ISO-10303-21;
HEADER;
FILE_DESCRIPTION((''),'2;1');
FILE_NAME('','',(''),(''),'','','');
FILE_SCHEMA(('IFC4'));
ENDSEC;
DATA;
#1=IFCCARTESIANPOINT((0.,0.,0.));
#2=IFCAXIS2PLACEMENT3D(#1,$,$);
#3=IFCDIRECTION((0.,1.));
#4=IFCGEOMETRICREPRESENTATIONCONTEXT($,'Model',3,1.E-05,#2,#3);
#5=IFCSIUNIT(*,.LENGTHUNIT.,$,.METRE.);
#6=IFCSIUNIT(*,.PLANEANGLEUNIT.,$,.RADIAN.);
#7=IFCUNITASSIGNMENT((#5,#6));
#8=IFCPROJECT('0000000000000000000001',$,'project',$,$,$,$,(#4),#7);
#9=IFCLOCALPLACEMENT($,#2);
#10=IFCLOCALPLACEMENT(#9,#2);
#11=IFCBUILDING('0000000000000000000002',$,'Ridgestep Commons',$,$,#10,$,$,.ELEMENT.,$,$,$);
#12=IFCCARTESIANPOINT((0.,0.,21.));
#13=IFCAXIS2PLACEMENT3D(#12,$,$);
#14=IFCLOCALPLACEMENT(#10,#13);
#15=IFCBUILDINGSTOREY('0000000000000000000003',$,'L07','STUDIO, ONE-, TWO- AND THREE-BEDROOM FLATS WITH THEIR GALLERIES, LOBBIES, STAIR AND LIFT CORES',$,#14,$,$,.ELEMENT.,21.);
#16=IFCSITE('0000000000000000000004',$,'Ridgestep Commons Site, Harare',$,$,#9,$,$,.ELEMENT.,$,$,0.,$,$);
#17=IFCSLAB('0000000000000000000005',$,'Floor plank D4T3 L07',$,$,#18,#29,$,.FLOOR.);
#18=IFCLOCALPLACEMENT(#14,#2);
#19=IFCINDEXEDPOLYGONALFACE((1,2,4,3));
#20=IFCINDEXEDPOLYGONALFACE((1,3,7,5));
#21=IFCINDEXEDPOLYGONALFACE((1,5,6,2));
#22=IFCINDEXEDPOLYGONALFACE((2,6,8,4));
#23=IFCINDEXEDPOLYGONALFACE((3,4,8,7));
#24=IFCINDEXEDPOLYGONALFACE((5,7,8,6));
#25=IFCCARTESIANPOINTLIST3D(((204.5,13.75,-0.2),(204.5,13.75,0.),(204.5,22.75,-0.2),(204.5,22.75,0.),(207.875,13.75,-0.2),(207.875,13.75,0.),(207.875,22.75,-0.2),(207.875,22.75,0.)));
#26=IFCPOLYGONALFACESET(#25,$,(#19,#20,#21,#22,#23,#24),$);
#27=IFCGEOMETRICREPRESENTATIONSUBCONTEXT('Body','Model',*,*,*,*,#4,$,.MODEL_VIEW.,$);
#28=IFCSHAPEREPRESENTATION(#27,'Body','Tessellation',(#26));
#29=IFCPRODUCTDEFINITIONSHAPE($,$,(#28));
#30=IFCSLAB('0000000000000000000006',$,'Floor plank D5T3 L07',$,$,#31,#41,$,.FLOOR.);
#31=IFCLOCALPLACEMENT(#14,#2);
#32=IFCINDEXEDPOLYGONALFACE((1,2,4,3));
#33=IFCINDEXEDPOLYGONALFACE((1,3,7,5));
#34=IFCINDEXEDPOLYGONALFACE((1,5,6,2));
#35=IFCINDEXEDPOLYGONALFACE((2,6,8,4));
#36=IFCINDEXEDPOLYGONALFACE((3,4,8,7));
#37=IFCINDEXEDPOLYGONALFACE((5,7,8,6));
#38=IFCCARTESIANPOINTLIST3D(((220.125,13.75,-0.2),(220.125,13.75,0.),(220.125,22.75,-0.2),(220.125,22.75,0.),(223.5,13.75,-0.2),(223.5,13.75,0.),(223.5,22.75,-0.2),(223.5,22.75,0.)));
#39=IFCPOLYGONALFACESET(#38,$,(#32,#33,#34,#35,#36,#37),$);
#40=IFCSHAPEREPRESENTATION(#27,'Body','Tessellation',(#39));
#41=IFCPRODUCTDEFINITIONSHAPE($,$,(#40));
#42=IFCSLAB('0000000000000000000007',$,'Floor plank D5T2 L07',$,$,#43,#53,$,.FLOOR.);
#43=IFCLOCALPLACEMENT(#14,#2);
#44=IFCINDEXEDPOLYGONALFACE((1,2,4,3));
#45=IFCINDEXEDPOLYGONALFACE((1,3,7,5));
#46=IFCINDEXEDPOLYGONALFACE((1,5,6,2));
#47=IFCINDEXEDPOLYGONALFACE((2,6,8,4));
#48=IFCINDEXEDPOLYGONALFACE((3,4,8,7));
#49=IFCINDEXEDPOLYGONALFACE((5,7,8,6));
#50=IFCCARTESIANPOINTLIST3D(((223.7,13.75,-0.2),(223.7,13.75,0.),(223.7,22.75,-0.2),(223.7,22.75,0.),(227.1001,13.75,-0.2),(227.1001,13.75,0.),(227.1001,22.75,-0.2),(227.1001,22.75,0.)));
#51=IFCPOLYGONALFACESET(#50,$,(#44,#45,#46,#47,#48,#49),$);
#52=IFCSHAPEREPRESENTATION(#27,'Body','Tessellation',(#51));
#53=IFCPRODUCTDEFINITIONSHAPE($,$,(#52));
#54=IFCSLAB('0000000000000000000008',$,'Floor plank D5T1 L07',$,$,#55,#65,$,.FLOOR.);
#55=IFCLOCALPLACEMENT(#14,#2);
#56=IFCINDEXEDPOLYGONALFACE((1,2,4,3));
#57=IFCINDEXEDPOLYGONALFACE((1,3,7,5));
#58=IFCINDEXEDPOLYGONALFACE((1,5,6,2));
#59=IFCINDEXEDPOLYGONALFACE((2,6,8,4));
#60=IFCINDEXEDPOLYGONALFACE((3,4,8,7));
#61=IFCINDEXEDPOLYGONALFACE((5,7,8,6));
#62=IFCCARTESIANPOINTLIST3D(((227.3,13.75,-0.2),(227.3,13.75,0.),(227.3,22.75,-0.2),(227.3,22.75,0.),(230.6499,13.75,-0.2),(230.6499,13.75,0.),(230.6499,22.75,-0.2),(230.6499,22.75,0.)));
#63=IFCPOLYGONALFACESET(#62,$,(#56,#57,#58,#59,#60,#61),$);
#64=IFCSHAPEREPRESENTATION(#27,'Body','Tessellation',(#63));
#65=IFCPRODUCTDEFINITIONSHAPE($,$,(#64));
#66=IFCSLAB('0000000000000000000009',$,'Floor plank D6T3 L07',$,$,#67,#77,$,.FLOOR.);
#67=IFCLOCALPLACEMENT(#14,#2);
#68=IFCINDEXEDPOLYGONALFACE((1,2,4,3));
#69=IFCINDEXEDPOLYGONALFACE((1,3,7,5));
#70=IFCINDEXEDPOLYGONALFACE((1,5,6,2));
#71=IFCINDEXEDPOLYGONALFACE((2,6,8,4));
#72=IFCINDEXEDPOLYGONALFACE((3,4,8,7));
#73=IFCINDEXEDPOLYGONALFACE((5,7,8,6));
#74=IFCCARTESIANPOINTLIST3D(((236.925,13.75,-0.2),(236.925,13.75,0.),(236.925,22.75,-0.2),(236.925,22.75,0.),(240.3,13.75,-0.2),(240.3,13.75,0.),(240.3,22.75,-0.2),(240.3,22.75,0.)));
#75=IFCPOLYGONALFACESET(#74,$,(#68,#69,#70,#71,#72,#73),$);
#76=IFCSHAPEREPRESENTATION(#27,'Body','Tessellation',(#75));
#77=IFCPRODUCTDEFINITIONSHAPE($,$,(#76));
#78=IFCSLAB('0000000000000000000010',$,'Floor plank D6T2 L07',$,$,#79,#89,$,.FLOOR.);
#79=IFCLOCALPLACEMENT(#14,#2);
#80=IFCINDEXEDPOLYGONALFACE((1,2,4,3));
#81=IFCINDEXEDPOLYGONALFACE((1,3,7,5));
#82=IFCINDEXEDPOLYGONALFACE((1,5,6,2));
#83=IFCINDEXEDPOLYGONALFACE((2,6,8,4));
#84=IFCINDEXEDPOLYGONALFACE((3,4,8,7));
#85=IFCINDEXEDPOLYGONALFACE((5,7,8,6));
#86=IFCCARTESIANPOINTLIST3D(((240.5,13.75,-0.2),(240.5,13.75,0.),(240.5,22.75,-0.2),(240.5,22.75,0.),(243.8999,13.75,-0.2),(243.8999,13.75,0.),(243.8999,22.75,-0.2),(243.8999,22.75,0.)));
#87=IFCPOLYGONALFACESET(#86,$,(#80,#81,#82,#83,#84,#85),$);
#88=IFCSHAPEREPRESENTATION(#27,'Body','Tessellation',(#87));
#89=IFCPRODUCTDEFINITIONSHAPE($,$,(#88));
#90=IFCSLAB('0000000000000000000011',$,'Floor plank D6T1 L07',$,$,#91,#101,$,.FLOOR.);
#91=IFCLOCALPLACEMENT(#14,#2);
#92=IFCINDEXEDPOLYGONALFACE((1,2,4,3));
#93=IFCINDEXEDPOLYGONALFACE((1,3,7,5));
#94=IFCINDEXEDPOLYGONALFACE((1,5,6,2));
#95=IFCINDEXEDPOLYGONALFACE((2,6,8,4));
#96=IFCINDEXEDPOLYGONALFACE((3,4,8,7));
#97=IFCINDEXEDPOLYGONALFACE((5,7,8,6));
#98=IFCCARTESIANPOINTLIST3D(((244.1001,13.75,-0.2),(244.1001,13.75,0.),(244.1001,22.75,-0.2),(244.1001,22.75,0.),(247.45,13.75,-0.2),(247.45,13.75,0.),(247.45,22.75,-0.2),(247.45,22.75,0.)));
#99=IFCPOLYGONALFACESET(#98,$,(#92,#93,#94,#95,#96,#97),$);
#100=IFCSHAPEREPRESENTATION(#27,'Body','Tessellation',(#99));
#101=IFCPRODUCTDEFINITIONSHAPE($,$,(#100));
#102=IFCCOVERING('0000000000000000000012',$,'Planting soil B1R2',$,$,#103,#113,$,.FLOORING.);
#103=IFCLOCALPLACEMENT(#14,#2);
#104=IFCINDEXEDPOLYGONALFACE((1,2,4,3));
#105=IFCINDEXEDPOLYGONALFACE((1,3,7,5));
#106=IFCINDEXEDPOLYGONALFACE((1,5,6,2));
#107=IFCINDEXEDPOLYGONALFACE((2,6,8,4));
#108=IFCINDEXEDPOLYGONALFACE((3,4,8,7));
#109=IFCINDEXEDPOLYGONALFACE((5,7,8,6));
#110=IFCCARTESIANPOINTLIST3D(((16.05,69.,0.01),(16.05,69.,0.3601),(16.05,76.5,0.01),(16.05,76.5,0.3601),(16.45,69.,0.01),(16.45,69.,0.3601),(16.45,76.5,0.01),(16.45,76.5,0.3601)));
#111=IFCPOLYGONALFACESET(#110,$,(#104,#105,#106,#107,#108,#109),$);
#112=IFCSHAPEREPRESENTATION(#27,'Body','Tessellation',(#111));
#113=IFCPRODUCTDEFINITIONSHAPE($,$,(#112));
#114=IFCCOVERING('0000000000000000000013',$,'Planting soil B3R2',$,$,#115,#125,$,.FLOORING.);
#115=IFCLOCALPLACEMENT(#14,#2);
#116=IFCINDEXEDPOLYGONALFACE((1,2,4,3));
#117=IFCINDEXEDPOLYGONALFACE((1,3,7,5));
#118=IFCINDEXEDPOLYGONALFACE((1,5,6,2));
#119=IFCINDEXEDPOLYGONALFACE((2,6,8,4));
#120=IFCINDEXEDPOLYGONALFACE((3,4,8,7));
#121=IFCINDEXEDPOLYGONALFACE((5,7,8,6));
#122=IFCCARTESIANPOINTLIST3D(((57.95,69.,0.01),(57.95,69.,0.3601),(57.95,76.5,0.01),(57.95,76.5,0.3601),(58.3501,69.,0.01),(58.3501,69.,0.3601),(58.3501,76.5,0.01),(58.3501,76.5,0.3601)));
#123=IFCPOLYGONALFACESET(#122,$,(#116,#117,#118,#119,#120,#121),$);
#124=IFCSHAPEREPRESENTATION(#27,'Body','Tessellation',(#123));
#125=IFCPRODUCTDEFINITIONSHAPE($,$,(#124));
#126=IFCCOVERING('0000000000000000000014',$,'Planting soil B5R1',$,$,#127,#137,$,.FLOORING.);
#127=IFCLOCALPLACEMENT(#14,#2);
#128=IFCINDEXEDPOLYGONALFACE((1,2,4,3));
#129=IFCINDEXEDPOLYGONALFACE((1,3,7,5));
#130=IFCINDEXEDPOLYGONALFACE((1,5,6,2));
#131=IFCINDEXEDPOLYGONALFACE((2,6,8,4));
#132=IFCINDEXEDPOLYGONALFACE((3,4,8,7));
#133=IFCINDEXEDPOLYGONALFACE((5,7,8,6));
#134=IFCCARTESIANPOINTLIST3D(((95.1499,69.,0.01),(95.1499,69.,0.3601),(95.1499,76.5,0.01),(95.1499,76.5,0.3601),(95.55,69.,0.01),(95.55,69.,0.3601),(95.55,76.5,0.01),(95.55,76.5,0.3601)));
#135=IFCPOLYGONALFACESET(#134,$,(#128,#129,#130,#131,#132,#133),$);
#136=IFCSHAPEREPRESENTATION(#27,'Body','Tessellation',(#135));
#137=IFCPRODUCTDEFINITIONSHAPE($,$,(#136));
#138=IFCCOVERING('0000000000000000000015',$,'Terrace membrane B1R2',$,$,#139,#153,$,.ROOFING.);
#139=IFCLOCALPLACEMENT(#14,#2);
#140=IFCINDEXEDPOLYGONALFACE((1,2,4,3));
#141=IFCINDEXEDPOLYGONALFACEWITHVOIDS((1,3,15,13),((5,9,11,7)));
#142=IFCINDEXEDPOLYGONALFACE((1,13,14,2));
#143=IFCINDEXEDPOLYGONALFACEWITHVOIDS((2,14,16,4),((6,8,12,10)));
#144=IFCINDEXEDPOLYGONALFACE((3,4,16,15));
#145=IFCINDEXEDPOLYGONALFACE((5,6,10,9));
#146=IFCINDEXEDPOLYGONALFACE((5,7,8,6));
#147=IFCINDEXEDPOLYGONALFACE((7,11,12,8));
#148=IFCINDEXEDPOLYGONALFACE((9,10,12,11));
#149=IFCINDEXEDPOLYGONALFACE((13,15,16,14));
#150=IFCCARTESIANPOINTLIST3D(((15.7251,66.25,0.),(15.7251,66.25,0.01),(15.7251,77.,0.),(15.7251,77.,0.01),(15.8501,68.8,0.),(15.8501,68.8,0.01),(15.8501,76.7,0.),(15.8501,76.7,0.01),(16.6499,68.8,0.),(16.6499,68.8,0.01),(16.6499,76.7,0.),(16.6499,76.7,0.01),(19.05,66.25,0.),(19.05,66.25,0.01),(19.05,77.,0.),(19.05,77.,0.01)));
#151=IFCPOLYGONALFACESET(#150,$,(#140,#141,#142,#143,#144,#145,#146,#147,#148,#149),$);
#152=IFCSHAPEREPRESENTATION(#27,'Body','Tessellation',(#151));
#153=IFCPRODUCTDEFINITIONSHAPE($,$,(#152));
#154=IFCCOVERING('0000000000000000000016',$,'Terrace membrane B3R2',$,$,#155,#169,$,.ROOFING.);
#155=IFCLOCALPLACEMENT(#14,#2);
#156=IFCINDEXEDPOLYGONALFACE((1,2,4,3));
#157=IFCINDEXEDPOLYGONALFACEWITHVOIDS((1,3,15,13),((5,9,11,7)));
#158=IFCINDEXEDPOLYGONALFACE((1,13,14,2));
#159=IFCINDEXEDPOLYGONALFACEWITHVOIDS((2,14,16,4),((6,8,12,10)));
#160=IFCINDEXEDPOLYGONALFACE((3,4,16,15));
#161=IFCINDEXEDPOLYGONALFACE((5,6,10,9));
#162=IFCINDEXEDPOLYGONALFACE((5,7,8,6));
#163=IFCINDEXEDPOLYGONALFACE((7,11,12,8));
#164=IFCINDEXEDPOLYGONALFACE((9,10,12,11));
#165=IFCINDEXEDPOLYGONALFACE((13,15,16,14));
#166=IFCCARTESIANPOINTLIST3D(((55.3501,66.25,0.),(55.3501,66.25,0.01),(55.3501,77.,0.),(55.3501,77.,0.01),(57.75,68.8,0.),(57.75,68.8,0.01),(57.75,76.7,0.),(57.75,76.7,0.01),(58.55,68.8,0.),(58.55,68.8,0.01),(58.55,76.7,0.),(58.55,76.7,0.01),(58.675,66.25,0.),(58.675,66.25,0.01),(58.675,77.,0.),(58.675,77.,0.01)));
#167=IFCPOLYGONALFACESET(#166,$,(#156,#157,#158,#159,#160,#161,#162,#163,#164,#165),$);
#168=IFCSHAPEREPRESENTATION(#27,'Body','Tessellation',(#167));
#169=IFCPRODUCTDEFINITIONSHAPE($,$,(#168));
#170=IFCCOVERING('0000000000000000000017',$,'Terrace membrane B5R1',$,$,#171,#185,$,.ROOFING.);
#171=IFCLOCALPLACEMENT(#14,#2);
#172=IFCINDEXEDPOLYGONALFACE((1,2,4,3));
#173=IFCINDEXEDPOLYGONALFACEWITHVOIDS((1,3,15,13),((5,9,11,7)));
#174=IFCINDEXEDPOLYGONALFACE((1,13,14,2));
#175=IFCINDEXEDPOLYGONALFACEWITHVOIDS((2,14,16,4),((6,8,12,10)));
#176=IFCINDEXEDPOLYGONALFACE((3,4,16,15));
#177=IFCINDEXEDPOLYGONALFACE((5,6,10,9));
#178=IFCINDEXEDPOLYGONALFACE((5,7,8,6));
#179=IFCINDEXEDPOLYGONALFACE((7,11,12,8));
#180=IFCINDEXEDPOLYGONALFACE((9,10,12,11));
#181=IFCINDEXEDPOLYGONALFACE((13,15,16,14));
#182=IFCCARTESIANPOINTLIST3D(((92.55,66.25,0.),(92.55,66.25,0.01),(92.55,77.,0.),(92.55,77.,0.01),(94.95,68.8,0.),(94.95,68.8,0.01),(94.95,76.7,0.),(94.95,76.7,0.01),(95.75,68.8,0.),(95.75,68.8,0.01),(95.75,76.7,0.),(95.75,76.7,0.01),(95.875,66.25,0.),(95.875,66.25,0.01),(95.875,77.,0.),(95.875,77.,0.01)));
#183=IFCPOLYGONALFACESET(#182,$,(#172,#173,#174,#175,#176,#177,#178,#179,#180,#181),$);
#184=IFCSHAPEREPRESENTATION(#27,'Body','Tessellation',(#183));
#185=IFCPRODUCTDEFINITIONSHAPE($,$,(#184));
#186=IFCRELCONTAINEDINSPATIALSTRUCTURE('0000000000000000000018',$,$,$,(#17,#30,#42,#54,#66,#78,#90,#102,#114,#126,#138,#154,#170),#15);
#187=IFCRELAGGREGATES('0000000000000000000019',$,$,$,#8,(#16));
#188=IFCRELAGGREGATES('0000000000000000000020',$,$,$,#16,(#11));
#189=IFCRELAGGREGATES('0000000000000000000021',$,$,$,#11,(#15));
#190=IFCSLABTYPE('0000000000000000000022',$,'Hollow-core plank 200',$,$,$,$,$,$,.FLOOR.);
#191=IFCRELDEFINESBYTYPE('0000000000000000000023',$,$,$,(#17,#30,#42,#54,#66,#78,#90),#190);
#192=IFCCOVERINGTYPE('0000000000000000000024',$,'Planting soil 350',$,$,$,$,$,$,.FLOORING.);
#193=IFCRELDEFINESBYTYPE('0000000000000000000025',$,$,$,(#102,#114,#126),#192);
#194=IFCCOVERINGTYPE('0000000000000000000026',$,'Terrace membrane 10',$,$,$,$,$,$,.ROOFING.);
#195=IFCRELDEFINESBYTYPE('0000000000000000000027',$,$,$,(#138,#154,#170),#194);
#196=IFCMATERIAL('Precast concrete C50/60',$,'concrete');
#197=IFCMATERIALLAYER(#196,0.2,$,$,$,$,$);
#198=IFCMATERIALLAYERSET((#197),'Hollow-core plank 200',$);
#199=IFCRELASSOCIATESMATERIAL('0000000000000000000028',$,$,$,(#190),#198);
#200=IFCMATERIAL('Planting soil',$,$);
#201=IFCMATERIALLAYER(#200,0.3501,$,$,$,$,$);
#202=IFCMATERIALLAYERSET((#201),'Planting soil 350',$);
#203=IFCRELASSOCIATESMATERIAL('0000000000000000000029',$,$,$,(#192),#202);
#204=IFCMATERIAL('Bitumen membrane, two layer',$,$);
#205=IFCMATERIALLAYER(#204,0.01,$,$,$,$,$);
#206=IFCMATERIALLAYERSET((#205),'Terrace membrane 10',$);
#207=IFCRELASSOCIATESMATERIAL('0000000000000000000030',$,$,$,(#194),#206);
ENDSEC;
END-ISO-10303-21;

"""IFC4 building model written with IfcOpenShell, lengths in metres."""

from ifc_helpers import new_model, si_unit, direction, frame, origin, place, context, subcontext, project, spatial, polyline, outline, extrude, material, layer, layer_set, type_object, element, save


model = new_model("IFC4")

# Units and contexts
model_context = context("Model", 3, precision=1e-05, world=origin(), true_north=direction((0.0, 1.0)))
body_context = subcontext(model_context, "Body", "Model", "MODEL_VIEW")
ifc_project = project(units=[si_unit("LENGTHUNIT", "METRE"), si_unit("PLANEANGLEUNIT", "RADIAN")], contexts=[model_context])

# Site, building, storey
site_placement = place(None, origin())
site = spatial("IfcSite", under=ifc_project, at=site_placement, Name="Ridgestep Commons Site, Harare", CompositionType="ELEMENT", RefElevation=0.0)
building_placement = place(site_placement, origin())
building = spatial("IfcBuilding", under=site, at=building_placement, Name="Ridgestep Commons", CompositionType="ELEMENT")
storey_placement = place(building_placement, frame((0.0, 0.0, 21.0)))
storey = spatial("IfcBuildingStorey", under=building, at=storey_placement, Name="L07", Description="STUDIO, ONE-, TWO- AND THREE-BEDROOM FLATS WITH THEIR GALLERIES, LOBBIES, STAIR AND LIFT CORES", CompositionType="ELEMENT", Elevation=21.0)

# Slabs
ifc_material_1 = material(Name="Precast concrete C50/60", Category="concrete")
ifc_layer_1 = layer(ifc_material_1, 0.2)
ifc_layer_set_1 = layer_set([ifc_layer_1], Name="Hollow-core plank 200")
slab_type_1 = type_object("IfcSlabType", Name="Hollow-core plank 200", PredefinedType="FLOOR", material=ifc_layer_set_1)
slab_1_placement = place(storey_placement, frame((0.0, 0.0, -0.2)))
element("IfcSlab", 1, at=slab_1_placement, inside=storey, type_object=slab_type_1, Name="Floor plank D4T3 L07", PredefinedType="FLOOR", context=body_context, shape_type="SweptSolid", body=[
    extrude(outline(polyline([(207.875, 13.75), (207.875, 22.75), (204.5, 22.75), (204.5, 13.75), (207.875, 13.75)])), origin(), (0.0, 0.0, 1.0), 0.2),
])
slab_2_placement = place(storey_placement, frame((0.0, 0.0, -0.2)))
element("IfcSlab", 2, at=slab_2_placement, inside=storey, type_object=slab_type_1, Name="Floor plank D5T3 L07", PredefinedType="FLOOR", context=body_context, shape_type="SweptSolid", body=[
    extrude(outline(polyline([(223.5, 13.75), (223.5, 22.75), (220.125, 22.75), (220.125, 13.75), (223.5, 13.75)])), origin(), (0.0, 0.0, 1.0), 0.2),
])
slab_3_placement = place(storey_placement, frame((0.0, 0.0, -0.2)))
element("IfcSlab", 3, at=slab_3_placement, inside=storey, type_object=slab_type_1, Name="Floor plank D5T2 L07", PredefinedType="FLOOR", context=body_context, shape_type="SweptSolid", body=[
    extrude(outline(polyline([(227.1001, 13.75), (227.1001, 22.75), (223.7, 22.75), (223.7, 13.75), (227.1001, 13.75)])), origin(), (0.0, 0.0, 1.0), 0.2),
])
slab_4_placement = place(storey_placement, frame((0.0, 0.0, -0.2)))
element("IfcSlab", 4, at=slab_4_placement, inside=storey, type_object=slab_type_1, Name="Floor plank D5T1 L07", PredefinedType="FLOOR", context=body_context, shape_type="SweptSolid", body=[
    extrude(outline(polyline([(230.6499, 13.75), (230.6499, 22.75), (227.3, 22.75), (227.3, 13.75), (230.6499, 13.75)])), origin(), (0.0, 0.0, 1.0), 0.2),
])
slab_5_placement = place(storey_placement, frame((0.0, 0.0, -0.2)))
element("IfcSlab", 5, at=slab_5_placement, inside=storey, type_object=slab_type_1, Name="Floor plank D6T3 L07", PredefinedType="FLOOR", context=body_context, shape_type="SweptSolid", body=[
    extrude(outline(polyline([(240.3, 13.75), (240.3, 22.75), (236.925, 22.75), (236.925, 13.75), (240.3, 13.75)])), origin(), (0.0, 0.0, 1.0), 0.2),
])
slab_6_placement = place(storey_placement, frame((0.0, 0.0, -0.2)))
element("IfcSlab", 6, at=slab_6_placement, inside=storey, type_object=slab_type_1, Name="Floor plank D6T2 L07", PredefinedType="FLOOR", context=body_context, shape_type="SweptSolid", body=[
    extrude(outline(polyline([(243.8999, 13.75), (243.8999, 22.75), (240.5, 22.75), (240.5, 13.75), (243.8999, 13.75)])), origin(), (0.0, 0.0, 1.0), 0.2),
])
slab_7_placement = place(storey_placement, frame((0.0, 0.0, -0.2)))
element("IfcSlab", 7, at=slab_7_placement, inside=storey, type_object=slab_type_1, Name="Floor plank D6T1 L07", PredefinedType="FLOOR", context=body_context, shape_type="SweptSolid", body=[
    extrude(outline(polyline([(247.45, 13.75), (247.45, 22.75), (244.1001, 22.75), (244.1001, 13.75), (247.45, 13.75)])), origin(), (0.0, 0.0, 1.0), 0.2),
])

# Coverings
ifc_material_2 = material(Name="Planting soil")
ifc_layer_2 = layer(ifc_material_2, 0.3501)
ifc_layer_set_2 = layer_set([ifc_layer_2], Name="Planting soil 350")
covering_type_1 = type_object("IfcCoveringType", Name="Planting soil 350", PredefinedType="FLOORING", material=ifc_layer_set_2)
covering_1_placement = place(storey_placement, frame((0.0, 0.0, 0.01)))
element("IfcCovering", 8, at=covering_1_placement, inside=storey, type_object=covering_type_1, Name="Planting soil B1R2", PredefinedType="FLOORING", context=body_context, shape_type="SweptSolid", body=[
    extrude(outline(polyline([(16.05, 69.0), (16.45, 69.0), (16.45, 76.5), (16.05, 76.5), (16.05, 69.0)])), origin(), (0.0, 0.0, 1.0), 0.3501),
])
covering_2_placement = place(storey_placement, frame((0.0, 0.0, 0.01)))
element("IfcCovering", 9, at=covering_2_placement, inside=storey, type_object=covering_type_1, Name="Planting soil B3R2", PredefinedType="FLOORING", context=body_context, shape_type="SweptSolid", body=[
    extrude(outline(polyline([(57.95, 69.0), (58.3501, 69.0), (58.3501, 76.5), (57.95, 76.5), (57.95, 69.0)])), origin(), (0.0, 0.0, 1.0), 0.3501),
])
covering_3_placement = place(storey_placement, frame((0.0, 0.0, 0.01)))
element("IfcCovering", 10, at=covering_3_placement, inside=storey, type_object=covering_type_1, Name="Planting soil B5R1", PredefinedType="FLOORING", context=body_context, shape_type="SweptSolid", body=[
    extrude(outline(polyline([(95.1499, 69.0), (95.55, 69.0), (95.55, 76.5), (95.1499, 76.5), (95.1499, 69.0)])), origin(), (0.0, 0.0, 1.0), 0.3501),
])
ifc_material_3 = material(Name="Bitumen membrane, two layer")
ifc_layer_3 = layer(ifc_material_3, 0.01)
ifc_layer_set_3 = layer_set([ifc_layer_3], Name="Terrace membrane 10")
covering_type_2 = type_object("IfcCoveringType", Name="Terrace membrane 10", PredefinedType="ROOFING", material=ifc_layer_set_3)
covering_4_placement = place(storey_placement, origin())
element("IfcCovering", 11, at=covering_4_placement, inside=storey, type_object=covering_type_2, Name="Terrace membrane B1R2", PredefinedType="ROOFING", context=body_context, shape_type="SweptSolid", body=[
    extrude(outline(polyline([(19.05, 66.25), (19.05, 77.0), (15.7251, 77.0), (15.7251, 66.25), (19.05, 66.25)]), holes=[polyline([(16.6499, 68.8), (16.6499, 76.7), (15.8501, 76.7), (15.8501, 68.8), (16.6499, 68.8)])]), origin(), (0.0, 0.0, 1.0), 0.01),
])
covering_5_placement = place(storey_placement, origin())
element("IfcCovering", 12, at=covering_5_placement, inside=storey, type_object=covering_type_2, Name="Terrace membrane B3R2", PredefinedType="ROOFING", context=body_context, shape_type="SweptSolid", body=[
    extrude(outline(polyline([(58.675, 66.25), (58.675, 77.0), (55.3501, 77.0), (55.3501, 66.25), (58.675, 66.25)]), holes=[polyline([(58.55, 68.8), (58.55, 76.7), (57.75, 76.7), (57.75, 68.8), (58.55, 68.8)])]), origin(), (0.0, 0.0, 1.0), 0.01),
])
covering_6_placement = place(storey_placement, origin())
element("IfcCovering", 13, at=covering_6_placement, inside=storey, type_object=covering_type_2, Name="Terrace membrane B5R1", PredefinedType="ROOFING", context=body_context, shape_type="SweptSolid", body=[
    extrude(outline(polyline([(95.875, 66.25), (95.875, 77.0), (92.55, 77.0), (92.55, 66.25), (95.875, 66.25)]), holes=[polyline([(95.75, 68.8), (95.75, 76.7), (94.95, 76.7), (94.95, 68.8), (95.75, 68.8)])]), origin(), (0.0, 0.0, 1.0), 0.01),
])

save(model, "model.ifc")
